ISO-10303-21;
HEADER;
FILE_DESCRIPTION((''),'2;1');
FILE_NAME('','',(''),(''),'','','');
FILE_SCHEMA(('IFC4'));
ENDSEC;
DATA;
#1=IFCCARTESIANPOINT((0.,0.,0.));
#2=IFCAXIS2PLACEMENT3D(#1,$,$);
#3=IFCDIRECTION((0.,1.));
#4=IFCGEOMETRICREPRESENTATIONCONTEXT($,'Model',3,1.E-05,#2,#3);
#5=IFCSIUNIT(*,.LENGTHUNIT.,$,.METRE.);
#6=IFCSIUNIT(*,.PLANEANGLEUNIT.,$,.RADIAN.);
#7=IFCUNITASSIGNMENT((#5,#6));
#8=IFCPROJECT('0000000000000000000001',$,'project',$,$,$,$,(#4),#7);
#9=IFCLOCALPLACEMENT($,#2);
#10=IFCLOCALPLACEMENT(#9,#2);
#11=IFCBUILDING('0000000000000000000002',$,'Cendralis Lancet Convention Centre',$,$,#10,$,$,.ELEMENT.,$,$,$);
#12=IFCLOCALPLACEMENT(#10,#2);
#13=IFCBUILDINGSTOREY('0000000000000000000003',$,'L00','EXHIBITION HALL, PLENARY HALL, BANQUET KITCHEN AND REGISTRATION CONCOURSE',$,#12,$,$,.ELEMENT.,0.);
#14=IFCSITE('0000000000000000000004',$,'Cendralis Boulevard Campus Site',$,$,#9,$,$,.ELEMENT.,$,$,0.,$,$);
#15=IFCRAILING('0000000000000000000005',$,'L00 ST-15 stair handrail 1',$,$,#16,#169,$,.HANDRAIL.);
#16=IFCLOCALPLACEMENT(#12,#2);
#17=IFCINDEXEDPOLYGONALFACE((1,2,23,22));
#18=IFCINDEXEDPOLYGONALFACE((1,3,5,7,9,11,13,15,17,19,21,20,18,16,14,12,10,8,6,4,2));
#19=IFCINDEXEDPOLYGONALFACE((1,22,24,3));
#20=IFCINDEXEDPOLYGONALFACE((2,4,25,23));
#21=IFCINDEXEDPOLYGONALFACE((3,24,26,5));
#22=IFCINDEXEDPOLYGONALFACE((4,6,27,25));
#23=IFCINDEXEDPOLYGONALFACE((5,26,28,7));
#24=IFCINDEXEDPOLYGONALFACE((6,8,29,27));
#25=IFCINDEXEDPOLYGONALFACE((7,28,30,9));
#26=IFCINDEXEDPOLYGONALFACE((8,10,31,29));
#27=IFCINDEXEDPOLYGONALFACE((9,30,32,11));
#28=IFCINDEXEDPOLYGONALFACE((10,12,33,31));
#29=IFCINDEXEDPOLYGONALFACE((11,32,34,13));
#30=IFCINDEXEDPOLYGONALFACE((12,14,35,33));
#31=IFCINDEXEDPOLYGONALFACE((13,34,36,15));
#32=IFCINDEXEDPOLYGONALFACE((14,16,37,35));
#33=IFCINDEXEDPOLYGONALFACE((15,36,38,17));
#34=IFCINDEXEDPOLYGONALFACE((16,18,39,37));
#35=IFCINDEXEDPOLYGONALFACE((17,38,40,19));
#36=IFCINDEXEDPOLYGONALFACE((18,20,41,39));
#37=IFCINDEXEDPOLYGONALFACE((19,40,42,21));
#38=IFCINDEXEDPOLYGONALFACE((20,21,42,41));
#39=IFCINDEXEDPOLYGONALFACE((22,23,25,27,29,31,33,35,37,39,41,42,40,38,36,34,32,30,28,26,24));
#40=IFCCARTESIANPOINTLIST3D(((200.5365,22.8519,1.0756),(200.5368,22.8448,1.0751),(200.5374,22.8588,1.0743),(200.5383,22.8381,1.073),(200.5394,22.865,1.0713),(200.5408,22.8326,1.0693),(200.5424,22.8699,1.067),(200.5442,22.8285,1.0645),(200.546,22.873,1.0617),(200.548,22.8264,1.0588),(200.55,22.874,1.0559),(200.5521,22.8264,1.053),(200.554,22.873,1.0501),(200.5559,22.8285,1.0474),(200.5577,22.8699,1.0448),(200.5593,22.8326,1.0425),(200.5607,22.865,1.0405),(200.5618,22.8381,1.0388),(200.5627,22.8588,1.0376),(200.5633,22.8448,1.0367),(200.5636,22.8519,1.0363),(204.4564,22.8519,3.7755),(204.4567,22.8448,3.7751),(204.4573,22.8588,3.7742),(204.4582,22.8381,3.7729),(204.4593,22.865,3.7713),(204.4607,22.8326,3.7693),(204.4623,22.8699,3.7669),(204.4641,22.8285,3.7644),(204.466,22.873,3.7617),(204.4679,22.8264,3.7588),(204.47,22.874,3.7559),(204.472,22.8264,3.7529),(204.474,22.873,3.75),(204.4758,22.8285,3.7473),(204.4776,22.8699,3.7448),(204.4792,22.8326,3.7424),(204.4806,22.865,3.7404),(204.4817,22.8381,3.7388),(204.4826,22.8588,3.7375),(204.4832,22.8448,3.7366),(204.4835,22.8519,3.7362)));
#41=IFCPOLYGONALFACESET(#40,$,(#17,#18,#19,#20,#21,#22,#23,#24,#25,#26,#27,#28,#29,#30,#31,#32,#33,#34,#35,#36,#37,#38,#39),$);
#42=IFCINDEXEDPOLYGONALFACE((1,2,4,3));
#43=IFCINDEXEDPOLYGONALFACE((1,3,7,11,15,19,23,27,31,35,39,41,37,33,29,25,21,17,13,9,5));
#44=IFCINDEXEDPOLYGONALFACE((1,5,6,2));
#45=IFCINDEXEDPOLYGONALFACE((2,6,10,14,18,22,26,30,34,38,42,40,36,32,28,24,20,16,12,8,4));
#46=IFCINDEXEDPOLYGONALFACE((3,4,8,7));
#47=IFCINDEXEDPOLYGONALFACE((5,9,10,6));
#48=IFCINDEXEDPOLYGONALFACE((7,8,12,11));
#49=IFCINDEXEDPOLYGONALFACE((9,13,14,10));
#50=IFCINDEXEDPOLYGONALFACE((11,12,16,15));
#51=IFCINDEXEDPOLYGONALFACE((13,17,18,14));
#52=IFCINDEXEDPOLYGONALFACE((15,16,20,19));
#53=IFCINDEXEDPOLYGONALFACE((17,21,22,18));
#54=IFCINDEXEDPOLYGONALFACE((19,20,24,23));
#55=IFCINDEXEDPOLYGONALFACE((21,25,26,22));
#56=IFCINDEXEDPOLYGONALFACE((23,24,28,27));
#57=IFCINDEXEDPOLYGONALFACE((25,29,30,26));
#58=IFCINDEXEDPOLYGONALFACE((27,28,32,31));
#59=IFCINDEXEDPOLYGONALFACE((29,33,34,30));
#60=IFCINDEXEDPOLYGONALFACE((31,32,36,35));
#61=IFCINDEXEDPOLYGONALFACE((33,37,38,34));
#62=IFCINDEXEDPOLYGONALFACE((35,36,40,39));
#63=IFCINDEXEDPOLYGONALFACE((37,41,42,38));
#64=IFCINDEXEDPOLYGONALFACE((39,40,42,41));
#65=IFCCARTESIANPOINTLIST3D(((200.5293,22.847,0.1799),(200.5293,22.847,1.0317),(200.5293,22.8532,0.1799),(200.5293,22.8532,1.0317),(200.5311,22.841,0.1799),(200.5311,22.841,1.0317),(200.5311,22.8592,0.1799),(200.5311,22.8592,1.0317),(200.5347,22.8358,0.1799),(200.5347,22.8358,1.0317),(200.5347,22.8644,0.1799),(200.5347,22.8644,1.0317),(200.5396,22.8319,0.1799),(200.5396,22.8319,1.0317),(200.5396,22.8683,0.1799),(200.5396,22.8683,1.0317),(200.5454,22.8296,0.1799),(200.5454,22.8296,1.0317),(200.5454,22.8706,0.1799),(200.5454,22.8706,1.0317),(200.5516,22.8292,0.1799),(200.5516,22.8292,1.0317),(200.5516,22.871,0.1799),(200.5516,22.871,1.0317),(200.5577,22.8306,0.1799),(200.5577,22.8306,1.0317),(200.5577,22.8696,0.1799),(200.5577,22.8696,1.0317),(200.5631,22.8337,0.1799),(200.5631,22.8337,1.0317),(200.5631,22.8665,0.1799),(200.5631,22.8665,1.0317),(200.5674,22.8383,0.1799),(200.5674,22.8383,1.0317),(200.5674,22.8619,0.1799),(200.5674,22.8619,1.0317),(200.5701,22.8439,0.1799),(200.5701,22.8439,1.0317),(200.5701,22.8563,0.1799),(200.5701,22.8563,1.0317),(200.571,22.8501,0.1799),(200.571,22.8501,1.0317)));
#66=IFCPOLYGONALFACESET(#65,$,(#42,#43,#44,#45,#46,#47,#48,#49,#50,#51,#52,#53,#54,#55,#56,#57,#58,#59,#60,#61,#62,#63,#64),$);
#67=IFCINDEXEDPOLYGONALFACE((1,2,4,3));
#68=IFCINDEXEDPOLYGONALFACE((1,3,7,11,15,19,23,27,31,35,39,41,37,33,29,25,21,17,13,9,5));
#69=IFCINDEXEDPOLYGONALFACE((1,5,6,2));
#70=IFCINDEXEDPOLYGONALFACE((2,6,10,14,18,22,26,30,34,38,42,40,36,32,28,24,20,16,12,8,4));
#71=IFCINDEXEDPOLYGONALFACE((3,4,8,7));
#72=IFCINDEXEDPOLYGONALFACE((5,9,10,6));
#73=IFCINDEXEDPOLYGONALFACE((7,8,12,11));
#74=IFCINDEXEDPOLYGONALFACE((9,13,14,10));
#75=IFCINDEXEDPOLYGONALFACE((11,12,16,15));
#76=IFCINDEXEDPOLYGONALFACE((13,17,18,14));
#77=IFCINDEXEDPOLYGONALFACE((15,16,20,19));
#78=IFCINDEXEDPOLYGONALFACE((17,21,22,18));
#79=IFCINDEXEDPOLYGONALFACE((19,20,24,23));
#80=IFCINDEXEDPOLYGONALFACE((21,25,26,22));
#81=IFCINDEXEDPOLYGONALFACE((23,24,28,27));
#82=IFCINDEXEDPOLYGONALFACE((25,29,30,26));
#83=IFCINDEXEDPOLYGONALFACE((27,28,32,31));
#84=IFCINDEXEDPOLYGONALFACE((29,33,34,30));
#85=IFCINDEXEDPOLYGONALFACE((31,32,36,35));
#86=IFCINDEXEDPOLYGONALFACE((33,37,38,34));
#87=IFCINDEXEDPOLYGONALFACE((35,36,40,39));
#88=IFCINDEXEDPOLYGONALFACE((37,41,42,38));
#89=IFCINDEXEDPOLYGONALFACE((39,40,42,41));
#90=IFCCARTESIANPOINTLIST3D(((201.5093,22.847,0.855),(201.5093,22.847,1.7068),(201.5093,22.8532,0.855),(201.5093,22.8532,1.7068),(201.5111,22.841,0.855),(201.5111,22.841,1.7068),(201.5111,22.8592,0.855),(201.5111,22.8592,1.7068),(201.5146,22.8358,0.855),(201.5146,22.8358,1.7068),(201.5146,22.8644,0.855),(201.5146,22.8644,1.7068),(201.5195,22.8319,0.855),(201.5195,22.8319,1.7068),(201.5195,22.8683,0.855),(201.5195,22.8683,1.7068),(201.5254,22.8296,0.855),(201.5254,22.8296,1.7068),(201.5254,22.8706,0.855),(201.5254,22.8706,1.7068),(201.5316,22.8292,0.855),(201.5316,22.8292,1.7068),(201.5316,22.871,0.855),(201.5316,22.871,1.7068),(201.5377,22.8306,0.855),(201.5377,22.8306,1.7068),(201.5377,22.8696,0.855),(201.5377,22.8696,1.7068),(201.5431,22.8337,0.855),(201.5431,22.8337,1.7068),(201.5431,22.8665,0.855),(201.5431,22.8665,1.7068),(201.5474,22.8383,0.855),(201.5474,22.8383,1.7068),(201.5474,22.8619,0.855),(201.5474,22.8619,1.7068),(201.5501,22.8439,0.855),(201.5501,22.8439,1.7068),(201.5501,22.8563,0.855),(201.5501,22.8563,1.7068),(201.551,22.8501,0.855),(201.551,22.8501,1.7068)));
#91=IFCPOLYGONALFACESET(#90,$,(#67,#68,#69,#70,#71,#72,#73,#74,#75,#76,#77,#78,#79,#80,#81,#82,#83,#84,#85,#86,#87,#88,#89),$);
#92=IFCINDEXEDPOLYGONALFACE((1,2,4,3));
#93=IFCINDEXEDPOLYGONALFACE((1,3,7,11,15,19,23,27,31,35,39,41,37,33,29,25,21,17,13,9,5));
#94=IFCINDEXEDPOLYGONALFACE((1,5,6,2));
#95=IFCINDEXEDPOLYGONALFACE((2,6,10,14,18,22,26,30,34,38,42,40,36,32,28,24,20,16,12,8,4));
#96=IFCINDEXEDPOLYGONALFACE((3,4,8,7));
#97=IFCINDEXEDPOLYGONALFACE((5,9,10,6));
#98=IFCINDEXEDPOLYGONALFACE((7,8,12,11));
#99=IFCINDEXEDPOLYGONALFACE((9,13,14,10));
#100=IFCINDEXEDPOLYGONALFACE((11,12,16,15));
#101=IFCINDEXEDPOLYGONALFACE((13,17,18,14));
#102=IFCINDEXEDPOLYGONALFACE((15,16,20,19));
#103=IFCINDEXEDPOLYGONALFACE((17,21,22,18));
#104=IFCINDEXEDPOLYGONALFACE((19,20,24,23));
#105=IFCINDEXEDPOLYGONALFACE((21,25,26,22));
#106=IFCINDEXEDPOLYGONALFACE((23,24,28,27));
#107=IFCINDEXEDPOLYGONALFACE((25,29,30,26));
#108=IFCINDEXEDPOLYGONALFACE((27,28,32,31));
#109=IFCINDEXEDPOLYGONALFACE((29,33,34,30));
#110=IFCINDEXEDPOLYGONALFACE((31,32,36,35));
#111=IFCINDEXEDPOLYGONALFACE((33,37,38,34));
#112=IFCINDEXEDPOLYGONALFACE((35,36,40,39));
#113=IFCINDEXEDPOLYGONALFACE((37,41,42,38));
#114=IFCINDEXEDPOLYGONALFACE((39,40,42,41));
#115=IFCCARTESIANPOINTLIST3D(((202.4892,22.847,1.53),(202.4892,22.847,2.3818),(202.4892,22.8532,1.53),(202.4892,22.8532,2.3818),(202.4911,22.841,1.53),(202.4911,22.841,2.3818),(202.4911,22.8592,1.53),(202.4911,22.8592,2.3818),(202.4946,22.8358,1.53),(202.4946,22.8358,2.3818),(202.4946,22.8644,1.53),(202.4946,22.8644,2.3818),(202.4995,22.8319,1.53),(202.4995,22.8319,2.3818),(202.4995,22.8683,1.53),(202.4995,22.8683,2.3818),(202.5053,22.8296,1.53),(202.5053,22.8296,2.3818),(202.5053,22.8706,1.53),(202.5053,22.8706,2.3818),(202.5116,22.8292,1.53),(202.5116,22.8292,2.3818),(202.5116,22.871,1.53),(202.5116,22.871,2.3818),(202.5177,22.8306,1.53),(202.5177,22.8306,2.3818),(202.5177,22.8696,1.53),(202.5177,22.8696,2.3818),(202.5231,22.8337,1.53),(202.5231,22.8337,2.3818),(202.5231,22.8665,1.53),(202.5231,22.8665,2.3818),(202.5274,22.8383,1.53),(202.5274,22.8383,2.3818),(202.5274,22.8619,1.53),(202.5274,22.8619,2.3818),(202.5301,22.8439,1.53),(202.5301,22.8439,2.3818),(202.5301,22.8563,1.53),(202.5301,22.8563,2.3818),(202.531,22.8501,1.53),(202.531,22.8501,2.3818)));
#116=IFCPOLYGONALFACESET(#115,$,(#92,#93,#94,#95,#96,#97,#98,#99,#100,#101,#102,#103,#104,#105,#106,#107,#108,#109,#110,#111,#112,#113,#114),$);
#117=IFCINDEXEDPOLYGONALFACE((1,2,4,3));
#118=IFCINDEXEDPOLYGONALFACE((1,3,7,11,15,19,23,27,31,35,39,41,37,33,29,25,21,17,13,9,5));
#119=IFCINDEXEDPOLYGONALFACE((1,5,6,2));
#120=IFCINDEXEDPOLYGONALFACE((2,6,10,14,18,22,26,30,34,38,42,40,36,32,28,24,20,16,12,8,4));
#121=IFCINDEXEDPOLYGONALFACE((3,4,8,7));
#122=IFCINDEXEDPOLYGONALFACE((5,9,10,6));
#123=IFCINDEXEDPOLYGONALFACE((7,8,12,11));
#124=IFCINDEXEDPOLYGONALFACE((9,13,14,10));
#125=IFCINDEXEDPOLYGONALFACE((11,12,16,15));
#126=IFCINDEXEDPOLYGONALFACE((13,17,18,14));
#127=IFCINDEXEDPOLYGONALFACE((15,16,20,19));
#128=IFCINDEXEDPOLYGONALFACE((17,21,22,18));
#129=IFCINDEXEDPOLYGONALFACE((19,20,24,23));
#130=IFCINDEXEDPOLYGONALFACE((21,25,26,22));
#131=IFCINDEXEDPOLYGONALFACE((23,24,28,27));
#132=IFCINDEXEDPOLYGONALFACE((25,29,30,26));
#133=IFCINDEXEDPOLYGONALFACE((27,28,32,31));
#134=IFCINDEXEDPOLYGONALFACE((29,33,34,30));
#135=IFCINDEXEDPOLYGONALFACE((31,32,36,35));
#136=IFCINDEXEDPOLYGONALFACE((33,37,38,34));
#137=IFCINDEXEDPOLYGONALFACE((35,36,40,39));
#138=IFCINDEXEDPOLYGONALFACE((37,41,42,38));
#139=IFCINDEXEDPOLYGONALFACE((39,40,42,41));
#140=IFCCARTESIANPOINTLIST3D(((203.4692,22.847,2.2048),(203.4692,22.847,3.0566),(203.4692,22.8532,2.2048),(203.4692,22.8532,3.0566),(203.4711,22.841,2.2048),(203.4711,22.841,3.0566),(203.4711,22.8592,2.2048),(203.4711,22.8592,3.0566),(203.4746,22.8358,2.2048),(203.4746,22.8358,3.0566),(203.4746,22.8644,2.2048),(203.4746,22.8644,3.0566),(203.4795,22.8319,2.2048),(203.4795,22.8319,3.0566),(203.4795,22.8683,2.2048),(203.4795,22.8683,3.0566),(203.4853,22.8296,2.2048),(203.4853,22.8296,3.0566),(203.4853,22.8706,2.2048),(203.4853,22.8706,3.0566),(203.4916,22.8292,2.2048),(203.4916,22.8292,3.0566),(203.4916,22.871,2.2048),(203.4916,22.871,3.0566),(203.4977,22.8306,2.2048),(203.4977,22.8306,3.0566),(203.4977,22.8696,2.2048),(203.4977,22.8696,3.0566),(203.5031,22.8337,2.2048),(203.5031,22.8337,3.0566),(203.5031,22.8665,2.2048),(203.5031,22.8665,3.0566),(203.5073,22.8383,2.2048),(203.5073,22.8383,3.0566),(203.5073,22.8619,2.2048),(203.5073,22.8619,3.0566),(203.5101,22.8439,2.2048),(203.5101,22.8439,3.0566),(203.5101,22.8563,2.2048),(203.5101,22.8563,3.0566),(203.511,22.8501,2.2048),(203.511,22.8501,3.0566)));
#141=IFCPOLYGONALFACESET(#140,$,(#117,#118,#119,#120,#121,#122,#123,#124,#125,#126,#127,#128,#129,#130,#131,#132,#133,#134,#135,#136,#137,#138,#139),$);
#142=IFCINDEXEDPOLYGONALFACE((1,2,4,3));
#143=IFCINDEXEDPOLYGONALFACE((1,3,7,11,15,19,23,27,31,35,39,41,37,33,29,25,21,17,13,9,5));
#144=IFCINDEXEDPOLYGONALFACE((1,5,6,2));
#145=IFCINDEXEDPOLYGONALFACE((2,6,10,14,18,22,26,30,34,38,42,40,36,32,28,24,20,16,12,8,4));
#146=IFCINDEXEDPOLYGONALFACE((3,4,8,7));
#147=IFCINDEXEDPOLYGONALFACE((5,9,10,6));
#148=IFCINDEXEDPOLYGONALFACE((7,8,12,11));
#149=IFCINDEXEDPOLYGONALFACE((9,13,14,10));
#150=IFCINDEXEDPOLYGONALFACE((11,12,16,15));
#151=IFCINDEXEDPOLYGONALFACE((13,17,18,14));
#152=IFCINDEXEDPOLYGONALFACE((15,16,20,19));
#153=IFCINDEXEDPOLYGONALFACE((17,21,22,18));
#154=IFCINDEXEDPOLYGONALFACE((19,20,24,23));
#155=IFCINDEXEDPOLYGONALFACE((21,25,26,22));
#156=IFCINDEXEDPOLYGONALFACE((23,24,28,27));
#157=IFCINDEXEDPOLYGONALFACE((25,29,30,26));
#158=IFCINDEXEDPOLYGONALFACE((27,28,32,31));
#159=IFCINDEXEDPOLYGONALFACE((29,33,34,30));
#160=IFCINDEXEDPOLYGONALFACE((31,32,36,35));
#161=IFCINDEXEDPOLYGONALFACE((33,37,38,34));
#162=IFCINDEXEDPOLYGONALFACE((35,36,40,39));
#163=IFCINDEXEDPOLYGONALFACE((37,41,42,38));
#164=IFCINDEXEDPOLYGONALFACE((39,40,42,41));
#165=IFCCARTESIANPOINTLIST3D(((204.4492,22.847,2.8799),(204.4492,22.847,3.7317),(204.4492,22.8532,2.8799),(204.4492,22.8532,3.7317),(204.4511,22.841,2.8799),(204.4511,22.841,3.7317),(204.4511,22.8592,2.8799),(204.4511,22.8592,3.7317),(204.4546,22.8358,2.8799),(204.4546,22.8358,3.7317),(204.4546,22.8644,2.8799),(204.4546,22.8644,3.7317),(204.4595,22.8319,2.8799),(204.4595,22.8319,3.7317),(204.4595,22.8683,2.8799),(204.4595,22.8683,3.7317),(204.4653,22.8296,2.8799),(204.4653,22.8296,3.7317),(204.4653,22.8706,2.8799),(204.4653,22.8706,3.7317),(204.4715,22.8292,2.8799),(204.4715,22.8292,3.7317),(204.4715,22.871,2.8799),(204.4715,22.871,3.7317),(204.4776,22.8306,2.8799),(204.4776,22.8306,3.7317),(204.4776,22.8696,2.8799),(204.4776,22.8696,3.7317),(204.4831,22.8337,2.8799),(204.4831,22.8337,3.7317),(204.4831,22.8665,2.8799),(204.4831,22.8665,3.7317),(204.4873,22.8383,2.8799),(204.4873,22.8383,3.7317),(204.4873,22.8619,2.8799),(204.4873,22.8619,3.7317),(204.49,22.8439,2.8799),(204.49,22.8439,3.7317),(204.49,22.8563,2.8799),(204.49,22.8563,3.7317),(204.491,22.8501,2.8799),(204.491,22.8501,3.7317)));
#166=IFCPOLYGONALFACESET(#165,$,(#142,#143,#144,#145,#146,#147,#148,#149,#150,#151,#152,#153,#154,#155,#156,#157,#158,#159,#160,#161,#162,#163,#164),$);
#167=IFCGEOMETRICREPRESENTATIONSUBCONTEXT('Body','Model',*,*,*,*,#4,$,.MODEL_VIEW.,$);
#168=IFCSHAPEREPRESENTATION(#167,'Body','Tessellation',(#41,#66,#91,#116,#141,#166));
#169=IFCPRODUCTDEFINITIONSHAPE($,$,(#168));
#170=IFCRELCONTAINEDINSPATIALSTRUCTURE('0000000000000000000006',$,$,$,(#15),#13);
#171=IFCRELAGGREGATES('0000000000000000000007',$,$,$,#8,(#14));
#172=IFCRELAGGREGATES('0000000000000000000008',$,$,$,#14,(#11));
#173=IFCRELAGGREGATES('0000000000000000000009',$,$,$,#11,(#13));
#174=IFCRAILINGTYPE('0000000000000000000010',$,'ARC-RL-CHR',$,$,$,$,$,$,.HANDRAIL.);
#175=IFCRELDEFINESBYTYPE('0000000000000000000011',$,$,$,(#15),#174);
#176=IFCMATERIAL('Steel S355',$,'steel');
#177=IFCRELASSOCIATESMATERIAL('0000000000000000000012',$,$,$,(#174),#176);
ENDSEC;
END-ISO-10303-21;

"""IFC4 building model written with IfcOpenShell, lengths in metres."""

from ifc_helpers import new_model, si_unit, direction, frame, origin, origin_2d, place, context, subcontext, project, spatial, circle, extrude, material, type_object, element, save


model = new_model("IFC4")

# Units and contexts
model_context = context("Model", 3, precision=1e-05, world=origin(), true_north=direction((0.0, 1.0)))
body_context = subcontext(model_context, "Body", "Model", "MODEL_VIEW")
ifc_project = project(units=[si_unit("LENGTHUNIT", "METRE"), si_unit("PLANEANGLEUNIT", "RADIAN")], contexts=[model_context])

# Site, building, storey
site_placement = place(None, origin())
site = spatial("IfcSite", under=ifc_project, at=site_placement, Name="Cendralis Boulevard Campus Site", CompositionType="ELEMENT", RefElevation=0.0)
building_placement = place(site_placement, origin())
building = spatial("IfcBuilding", under=site, at=building_placement, Name="Cendralis Lancet Convention Centre", CompositionType="ELEMENT")
storey_placement = place(building_placement, origin())
storey = spatial("IfcBuildingStorey", under=building, at=storey_placement, Name="L00", Description="EXHIBITION HALL, PLENARY HALL, BANQUET KITCHEN AND REGISTRATION CONCOURSE", CompositionType="ELEMENT", Elevation=0.0)

# Shared definitions
ifc_material_1 = material(Name="Steel S355", Category="steel")

# Railing
railing_type_1 = type_object("IfcRailingType", Name="ARC-RL-CHR", PredefinedType="HANDRAIL", material=ifc_material_1)
railing_1_placement = place(storey_placement, frame((200.55, 22.8501, 0.1799)))
element("IfcRailing", 1, at=railing_1_placement, inside=storey, type_object=railing_type_1, Name="L00 ST-15 stair handrail 1", PredefinedType="HANDRAIL", context=body_context, shape_type="SweptSolid", body=[
    extrude(circle(Radius=0.0239, at=origin_2d()), frame((0.0, 0.0, 0.876), z_axis=(0.823551, 0.0, 0.567243), x_axis=(0.0, 1.0, 0.0)), (0.0, 0.0, 1.0), 4.7598),
    extrude(circle(Radius=0.021, at=origin_2d()), origin(), (0.0, 0.0, 1.0), 0.8518),
    extrude(circle(Radius=0.021, at=origin_2d()), frame((0.98, 0.0, 0.675)), (0.0, 0.0, 1.0), 0.8518),
    extrude(circle(Radius=0.021, at=origin_2d()), frame((1.96, 0.0, 1.3501)), (0.0, 0.0, 1.0), 0.8518),
    extrude(circle(Radius=0.021, at=origin_2d()), frame((2.9399, 0.0, 2.0249)), (0.0, 0.0, 1.0), 0.8518),
    extrude(circle(Radius=0.021, at=origin_2d()), frame((3.9199, 0.0, 2.7)), (0.0, 0.0, 1.0), 0.8518),
])

save(model, "model.ifc")
